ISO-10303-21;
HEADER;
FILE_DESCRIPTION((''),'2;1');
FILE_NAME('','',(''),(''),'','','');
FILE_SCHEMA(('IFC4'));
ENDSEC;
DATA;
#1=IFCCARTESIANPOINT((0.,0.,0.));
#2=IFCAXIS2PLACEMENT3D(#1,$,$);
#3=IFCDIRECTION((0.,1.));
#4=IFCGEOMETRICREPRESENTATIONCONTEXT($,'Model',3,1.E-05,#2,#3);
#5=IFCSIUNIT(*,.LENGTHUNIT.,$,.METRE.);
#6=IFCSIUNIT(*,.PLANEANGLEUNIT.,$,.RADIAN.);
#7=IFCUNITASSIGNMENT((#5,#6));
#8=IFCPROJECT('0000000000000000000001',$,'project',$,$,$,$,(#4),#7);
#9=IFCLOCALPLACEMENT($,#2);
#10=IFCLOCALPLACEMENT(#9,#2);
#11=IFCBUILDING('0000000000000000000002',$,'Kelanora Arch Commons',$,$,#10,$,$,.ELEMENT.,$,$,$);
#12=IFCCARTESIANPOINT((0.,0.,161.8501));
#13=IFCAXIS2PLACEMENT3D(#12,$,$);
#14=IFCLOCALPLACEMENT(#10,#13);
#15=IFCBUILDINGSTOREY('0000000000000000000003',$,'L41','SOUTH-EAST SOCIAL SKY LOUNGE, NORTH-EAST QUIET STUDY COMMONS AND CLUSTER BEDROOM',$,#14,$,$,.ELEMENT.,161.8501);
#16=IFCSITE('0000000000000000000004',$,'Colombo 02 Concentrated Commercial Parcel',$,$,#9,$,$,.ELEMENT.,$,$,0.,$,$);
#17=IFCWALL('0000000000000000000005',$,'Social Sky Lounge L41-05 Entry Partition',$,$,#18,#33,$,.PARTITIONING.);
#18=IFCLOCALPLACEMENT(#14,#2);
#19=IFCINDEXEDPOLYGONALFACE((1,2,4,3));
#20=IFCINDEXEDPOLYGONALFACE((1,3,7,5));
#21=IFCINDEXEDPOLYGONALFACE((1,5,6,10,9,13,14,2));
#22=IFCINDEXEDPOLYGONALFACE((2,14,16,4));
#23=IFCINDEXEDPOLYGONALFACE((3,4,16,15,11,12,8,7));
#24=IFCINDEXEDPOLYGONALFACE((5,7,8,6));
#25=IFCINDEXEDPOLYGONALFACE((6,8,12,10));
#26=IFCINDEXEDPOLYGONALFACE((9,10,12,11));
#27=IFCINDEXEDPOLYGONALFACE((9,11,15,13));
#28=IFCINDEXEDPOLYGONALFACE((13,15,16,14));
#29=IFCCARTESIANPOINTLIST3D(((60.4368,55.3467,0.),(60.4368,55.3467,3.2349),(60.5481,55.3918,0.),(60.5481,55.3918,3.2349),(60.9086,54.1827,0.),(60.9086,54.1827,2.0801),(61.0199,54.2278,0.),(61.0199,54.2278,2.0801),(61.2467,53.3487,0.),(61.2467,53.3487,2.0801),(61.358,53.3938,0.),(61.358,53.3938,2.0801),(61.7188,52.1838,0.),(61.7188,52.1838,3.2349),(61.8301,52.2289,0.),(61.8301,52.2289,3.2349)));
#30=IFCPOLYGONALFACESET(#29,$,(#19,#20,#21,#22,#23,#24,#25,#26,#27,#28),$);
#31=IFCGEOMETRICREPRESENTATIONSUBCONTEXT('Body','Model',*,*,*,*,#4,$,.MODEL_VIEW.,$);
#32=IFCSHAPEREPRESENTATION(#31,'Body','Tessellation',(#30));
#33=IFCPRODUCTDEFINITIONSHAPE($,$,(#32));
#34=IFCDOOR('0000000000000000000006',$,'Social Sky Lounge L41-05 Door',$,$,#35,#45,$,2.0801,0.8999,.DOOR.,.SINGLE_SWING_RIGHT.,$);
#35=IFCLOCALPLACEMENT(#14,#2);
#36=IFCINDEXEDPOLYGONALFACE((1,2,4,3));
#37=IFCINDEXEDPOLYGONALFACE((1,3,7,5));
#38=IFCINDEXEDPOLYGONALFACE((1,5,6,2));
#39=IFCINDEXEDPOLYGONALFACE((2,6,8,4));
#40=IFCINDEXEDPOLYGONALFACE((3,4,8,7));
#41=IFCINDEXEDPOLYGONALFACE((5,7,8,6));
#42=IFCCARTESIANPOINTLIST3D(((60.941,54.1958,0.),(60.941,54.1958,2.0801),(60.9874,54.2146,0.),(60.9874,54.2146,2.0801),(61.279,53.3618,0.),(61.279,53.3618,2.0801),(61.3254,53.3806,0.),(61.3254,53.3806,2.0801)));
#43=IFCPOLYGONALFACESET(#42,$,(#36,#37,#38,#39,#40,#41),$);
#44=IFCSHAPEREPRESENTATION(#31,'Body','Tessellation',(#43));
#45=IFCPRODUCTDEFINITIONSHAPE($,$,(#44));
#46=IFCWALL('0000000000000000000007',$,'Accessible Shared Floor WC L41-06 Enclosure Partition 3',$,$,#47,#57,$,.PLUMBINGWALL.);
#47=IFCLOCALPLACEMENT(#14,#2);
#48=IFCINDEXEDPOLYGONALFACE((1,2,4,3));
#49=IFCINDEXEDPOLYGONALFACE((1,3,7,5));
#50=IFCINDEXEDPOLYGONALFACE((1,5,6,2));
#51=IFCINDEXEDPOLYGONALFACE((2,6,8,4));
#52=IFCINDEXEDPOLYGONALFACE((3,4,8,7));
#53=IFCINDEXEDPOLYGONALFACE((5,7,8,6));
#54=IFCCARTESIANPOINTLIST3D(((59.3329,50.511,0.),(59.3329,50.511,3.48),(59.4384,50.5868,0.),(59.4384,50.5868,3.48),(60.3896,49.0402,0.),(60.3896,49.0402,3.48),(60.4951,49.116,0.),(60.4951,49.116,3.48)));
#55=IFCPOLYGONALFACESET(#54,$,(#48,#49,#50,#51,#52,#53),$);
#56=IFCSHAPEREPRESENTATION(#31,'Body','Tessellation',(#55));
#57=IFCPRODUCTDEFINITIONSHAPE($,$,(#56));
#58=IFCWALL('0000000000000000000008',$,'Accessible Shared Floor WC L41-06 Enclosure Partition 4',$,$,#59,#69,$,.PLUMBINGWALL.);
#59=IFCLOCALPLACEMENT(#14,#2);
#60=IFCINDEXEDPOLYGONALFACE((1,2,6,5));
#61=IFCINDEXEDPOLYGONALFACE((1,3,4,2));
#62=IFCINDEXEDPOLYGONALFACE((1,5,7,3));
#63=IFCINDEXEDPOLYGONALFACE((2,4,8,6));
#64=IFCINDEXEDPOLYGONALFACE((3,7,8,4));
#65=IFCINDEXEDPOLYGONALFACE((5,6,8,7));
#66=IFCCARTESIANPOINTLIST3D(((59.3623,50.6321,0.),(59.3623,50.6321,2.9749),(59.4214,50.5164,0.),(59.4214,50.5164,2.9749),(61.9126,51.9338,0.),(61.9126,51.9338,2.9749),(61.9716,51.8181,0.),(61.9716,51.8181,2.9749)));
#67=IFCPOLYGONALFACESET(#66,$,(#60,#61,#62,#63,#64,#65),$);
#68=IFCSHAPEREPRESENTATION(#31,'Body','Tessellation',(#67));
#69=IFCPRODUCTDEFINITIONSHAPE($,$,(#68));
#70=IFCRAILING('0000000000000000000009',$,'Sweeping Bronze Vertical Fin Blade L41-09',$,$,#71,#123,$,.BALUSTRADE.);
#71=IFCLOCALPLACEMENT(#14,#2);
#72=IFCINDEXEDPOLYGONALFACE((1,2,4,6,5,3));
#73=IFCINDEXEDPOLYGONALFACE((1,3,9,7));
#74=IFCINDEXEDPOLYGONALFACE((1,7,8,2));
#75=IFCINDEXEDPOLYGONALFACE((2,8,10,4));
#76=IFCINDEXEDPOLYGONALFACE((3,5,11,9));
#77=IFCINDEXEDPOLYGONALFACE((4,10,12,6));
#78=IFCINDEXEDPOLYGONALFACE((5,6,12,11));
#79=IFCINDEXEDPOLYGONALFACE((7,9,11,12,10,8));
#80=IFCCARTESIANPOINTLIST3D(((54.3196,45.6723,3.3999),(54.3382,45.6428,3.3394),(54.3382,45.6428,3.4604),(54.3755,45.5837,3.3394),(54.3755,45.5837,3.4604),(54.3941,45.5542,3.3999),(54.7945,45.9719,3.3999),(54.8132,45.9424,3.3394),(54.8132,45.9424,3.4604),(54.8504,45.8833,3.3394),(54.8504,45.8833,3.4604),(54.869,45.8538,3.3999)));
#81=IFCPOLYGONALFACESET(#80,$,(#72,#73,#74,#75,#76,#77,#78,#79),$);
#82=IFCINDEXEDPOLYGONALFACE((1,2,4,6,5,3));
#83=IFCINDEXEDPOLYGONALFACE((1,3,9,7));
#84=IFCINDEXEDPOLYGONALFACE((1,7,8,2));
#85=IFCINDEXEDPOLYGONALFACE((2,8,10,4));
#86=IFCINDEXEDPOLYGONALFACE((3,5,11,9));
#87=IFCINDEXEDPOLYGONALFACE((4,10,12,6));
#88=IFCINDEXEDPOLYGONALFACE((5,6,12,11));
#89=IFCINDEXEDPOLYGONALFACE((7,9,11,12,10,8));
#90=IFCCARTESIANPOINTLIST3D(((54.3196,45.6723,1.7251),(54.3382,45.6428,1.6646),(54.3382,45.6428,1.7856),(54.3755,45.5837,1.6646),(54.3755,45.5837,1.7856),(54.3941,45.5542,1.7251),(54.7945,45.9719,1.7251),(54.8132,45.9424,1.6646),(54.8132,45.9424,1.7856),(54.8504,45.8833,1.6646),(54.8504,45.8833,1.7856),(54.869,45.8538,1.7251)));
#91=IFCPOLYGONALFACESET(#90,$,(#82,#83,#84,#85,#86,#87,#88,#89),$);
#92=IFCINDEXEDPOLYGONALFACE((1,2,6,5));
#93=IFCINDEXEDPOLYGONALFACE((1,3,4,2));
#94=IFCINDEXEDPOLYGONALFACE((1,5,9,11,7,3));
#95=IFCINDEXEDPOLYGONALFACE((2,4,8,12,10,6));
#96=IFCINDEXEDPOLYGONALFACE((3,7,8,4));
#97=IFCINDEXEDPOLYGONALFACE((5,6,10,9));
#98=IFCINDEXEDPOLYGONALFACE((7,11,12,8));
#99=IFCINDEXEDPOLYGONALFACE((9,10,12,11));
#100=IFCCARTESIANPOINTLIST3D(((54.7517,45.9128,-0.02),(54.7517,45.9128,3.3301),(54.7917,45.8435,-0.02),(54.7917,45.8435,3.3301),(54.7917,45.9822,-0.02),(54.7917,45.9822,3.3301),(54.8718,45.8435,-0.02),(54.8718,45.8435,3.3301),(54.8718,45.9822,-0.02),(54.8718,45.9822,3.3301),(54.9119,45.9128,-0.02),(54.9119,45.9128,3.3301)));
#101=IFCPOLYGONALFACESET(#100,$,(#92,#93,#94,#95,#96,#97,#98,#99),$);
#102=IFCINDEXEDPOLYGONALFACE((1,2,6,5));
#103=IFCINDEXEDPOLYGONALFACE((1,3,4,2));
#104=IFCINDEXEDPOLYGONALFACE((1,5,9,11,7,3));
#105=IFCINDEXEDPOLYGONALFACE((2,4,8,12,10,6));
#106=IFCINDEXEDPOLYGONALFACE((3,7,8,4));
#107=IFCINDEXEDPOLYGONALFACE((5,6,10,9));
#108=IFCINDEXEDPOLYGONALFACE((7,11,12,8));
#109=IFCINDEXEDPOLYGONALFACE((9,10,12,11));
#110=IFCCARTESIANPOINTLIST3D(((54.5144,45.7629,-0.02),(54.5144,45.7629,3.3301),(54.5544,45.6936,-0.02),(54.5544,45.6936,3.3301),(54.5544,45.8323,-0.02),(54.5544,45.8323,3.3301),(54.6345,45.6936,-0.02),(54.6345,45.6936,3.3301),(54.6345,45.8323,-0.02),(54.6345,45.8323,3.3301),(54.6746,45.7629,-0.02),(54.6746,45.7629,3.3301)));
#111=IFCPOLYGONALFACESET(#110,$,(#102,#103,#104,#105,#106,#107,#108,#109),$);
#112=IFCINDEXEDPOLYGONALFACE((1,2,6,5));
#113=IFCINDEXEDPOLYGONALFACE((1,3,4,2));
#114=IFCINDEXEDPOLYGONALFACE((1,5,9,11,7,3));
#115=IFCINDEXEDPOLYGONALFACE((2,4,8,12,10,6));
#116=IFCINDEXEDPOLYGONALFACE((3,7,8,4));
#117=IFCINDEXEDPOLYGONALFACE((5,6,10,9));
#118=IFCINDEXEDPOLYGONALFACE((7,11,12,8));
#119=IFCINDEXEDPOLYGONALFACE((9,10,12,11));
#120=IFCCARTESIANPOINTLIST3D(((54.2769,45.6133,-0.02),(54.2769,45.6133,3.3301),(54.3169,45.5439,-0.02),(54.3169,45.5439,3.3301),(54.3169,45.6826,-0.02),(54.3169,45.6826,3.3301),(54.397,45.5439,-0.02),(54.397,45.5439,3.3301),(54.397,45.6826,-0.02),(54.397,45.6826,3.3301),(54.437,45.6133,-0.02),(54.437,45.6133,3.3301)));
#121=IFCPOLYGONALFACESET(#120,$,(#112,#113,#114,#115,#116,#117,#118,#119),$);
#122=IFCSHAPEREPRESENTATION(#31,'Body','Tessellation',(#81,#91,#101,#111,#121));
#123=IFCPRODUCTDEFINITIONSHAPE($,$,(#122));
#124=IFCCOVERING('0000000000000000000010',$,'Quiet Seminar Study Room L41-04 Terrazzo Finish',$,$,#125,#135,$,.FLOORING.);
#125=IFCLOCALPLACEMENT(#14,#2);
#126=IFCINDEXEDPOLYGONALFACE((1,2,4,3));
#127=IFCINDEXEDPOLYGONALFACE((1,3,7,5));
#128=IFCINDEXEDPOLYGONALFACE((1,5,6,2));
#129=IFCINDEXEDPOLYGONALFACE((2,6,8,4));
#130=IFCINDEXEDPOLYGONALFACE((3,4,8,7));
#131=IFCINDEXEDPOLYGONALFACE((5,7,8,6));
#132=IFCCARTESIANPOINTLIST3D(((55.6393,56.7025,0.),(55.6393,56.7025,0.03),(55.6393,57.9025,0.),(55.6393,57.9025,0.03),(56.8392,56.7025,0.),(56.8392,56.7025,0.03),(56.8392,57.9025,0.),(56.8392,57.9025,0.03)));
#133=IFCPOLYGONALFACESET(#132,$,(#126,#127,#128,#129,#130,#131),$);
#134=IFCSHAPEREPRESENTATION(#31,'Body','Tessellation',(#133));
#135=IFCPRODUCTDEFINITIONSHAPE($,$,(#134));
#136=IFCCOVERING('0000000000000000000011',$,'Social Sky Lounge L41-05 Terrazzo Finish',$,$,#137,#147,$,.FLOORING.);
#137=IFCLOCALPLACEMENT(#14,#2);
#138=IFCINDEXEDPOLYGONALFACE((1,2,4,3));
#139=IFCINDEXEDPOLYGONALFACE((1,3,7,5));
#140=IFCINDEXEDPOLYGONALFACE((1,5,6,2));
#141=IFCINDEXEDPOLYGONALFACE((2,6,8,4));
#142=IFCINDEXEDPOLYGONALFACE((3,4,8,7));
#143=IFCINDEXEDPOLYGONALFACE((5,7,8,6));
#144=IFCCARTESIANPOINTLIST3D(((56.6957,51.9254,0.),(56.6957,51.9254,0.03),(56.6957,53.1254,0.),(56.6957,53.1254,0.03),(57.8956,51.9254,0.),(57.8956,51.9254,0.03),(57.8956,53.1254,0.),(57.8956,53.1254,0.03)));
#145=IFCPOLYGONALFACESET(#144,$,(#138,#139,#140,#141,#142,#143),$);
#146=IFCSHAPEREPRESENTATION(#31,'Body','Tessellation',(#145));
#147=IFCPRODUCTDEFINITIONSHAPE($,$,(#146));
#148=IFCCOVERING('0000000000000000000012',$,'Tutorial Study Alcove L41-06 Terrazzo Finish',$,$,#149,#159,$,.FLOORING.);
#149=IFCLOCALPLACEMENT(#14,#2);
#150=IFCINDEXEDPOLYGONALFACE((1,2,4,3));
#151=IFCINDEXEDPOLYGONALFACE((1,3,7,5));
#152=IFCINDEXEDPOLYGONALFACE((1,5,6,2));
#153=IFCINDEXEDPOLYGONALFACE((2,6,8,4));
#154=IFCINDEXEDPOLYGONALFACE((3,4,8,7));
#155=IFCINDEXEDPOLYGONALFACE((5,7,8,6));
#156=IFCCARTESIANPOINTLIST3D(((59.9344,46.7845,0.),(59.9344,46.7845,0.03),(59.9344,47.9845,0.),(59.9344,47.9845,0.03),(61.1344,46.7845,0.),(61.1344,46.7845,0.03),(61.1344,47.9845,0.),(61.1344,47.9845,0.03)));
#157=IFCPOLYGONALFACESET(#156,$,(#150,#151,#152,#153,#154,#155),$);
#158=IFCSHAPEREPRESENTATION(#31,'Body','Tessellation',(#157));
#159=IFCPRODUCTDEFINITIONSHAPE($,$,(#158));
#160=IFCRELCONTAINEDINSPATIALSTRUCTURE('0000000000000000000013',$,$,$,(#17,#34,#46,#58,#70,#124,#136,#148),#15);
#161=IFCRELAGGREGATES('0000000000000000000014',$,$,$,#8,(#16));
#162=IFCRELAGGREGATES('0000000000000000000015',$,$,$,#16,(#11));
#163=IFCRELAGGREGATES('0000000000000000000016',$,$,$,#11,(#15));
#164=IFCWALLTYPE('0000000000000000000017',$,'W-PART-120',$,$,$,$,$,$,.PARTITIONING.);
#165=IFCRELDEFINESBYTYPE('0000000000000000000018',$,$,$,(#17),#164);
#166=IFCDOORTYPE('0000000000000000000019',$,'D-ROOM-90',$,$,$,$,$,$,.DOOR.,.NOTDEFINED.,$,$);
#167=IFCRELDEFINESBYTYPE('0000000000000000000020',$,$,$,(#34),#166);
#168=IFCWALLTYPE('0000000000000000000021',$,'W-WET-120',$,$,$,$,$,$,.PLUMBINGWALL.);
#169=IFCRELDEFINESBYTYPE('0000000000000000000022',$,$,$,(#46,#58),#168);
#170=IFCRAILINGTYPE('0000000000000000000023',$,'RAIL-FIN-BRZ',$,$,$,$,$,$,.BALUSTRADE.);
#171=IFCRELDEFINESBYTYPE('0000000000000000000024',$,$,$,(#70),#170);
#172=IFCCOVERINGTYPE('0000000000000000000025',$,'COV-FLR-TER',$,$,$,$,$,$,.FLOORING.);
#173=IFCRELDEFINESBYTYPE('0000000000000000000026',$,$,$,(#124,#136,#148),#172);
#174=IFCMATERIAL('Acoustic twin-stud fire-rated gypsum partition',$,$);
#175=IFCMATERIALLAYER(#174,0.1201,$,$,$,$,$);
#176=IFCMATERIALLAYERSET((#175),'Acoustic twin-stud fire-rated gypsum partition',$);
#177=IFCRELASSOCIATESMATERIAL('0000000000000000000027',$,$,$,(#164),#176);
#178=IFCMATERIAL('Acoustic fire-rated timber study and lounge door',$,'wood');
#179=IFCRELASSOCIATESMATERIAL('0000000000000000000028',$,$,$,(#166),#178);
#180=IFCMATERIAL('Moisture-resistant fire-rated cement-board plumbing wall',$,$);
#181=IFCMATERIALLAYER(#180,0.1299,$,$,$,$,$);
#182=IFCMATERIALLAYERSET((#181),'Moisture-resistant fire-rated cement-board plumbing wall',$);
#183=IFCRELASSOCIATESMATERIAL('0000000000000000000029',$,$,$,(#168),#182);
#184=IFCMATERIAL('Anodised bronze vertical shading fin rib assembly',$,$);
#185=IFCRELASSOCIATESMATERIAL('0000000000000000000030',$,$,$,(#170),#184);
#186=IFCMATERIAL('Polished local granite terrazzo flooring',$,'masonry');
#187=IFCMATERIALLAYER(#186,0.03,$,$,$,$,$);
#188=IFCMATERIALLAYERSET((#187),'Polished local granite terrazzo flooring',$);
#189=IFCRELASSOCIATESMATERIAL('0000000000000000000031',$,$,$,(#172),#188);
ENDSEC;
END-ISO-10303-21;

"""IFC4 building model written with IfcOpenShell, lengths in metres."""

from ifc_helpers import new_model, si_unit, direction, frame, frame_2d, origin, origin_2d, place, context, subcontext, project, spatial, polyline, rectangle, outline, extrude, source, transform, mapped, material, layer, layer_set, type_object, element, fill, save


model = new_model("IFC4")

# Units and contexts
model_context = context("Model", 3, precision=1e-05, world=origin(), true_north=direction((0.0, 1.0)))
body_context = subcontext(model_context, "Body", "Model", "MODEL_VIEW")
ifc_project = project(units=[si_unit("LENGTHUNIT", "METRE"), si_unit("PLANEANGLEUNIT", "RADIAN")], contexts=[model_context])

# Site, building, storey
site_placement = place(None, origin())
site = spatial("IfcSite", under=ifc_project, at=site_placement, Name="Colombo 02 Concentrated Commercial Parcel", CompositionType="ELEMENT", RefElevation=0.0)
building_placement = place(site_placement, origin())
building = spatial("IfcBuilding", under=site, at=building_placement, Name="Kelanora Arch Commons", CompositionType="ELEMENT")
storey_placement = place(building_placement, frame((0.0, 0.0, 161.8501)))
storey = spatial("IfcBuildingStorey", under=building, at=storey_placement, Name="L41", Description="SOUTH-EAST SOCIAL SKY LOUNGE, NORTH-EAST QUIET STUDY COMMONS AND CLUSTER BEDROOM", CompositionType="ELEMENT", Elevation=161.8501)

# Wall, opening, door
ifc_material_1 = material(Name="Acoustic twin-stud fire-rated gypsum partition")
ifc_layer_1 = layer(ifc_material_1, 0.1201)
ifc_layer_set_1 = layer_set([ifc_layer_1], Name="Acoustic twin-stud fire-rated gypsum partition")
wall_type_1 = type_object("IfcWallType", Name="W-PART-120", PredefinedType="PARTITIONING", material=ifc_layer_set_1)
wall_1_placement = place(storey_placement, frame((60.4924, 55.3694, 0.0), z_axis=(0.0, 0.0, 1.0), x_axis=(0.375642, -0.926765, 0.0)))
wall_1 = element("IfcWall", 1, at=wall_1_placement, inside=storey, type_object=wall_type_1, Name="Social Sky Lounge L41-05 Entry Partition", PredefinedType="PARTITIONING", context=body_context, shape_type="SweptSolid", body=[
    extrude(rectangle(XDim=3.4128, YDim=0.1201, at=frame_2d((1.7065, 0.0))), origin(), (0.0, 0.0, 1.0), 3.2349),
])
opening_1_placement = place(wall_1_placement, frame((1.2561, 0.0, 0.0)))
opening_1 = element("IfcOpeningElement", 2, at=opening_1_placement, cuts=wall_1, PredefinedType="OPENING", context=body_context, shape_type="SweptSolid", body=[
    extrude(rectangle(XDim=0.8999, YDim=2.0801, at=frame_2d((0.45, 1.04))), frame((0.0, 0.0701, 0.0), z_axis=(0.0, -1.0, 0.0), x_axis=(1.0, 0.0, 0.0)), (0.0, 0.0, 1.0), 0.1401),
])
ifc_material_2 = material(Name="Acoustic fire-rated timber study and lounge door", Category="wood")
door_type = type_object("IfcDoorType", Name="D-ROOM-90", OperationType="NOTDEFINED", PredefinedType="DOOR", material=ifc_material_2)
door_placement = place(opening_1_placement, origin())
door = element("IfcDoor", 3, at=door_placement, inside=storey, type_object=door_type, Name="Social Sky Lounge L41-05 Door", OperationType="SINGLE_SWING_RIGHT", OverallHeight=2.0801, OverallWidth=0.8999, PredefinedType="DOOR", context=body_context, shape_type="SweptSolid", body=[
    extrude(rectangle(XDim=0.8999, YDim=2.0801, at=frame_2d((0.45, 1.04))), frame((0.0, 0.0249, 0.0), z_axis=(0.0, -1.0, 0.0), x_axis=(1.0, 0.0, 0.0)), (0.0, 0.0, 1.0), 0.05),
])
fill(opening_1, door)

# Walls
ifc_material_3 = material(Name="Moisture-resistant fire-rated cement-board plumbing wall")
ifc_layer_2 = layer(ifc_material_3, 0.1299)
ifc_layer_set_2 = layer_set([ifc_layer_2], Name="Moisture-resistant fire-rated cement-board plumbing wall")
wall_type_2 = type_object("IfcWallType", Name="W-WET-120", PredefinedType="PLUMBINGWALL", material=ifc_layer_set_2)
wall_2_placement = place(storey_placement, frame((60.4424, 49.0781, 0.0), z_axis=(0.0, 0.0, 1.0), x_axis=(-0.58348, 0.812127, 0.0)))
element("IfcWall", 4, at=wall_2_placement, inside=storey, type_object=wall_type_2, Name="Accessible Shared Floor WC L41-06 Enclosure Partition 3", PredefinedType="PLUMBINGWALL", context=body_context, shape_type="SweptSolid", body=[
    extrude(rectangle(XDim=1.811, YDim=0.1299, at=frame_2d((0.9055, 0.0))), origin(), (0.0, 0.0, 1.0), 3.48),
])
wall_3_placement = place(storey_placement, frame((59.3918, 50.5742, 0.0), z_axis=(0.0, 0.0, 1.0), x_axis=(0.890679, 0.454633, 0.0)))
element("IfcWall", 5, at=wall_3_placement, inside=storey, type_object=wall_type_2, Name="Accessible Shared Floor WC L41-06 Enclosure Partition 4", PredefinedType="PLUMBINGWALL", context=body_context, shape_type="SweptSolid", body=[
    extrude(rectangle(XDim=2.8633, YDim=0.1299, at=frame_2d((1.4316, 0.0))), origin(), (0.0, 0.0, 1.0), 2.9749),
])

# Railing
ifc_material_4 = material(Name="Anodised bronze vertical shading fin rib assembly")
railing_type = type_object("IfcRailingType", Name="RAIL-FIN-BRZ", PredefinedType="BALUSTRADE", material=ifc_material_4)
railing_placement = place(storey_placement, frame((54.8318, 45.9128, -0.02)))
element("IfcRailing", 6, at=railing_placement, inside=storey, type_object=railing_type, Name="Sweeping Bronze Vertical Fin Blade L41-09", PredefinedType="BALUSTRADE", context=body_context, shape_type="SweptSolid", body=[
    extrude(outline(polyline([(0.0698, 0.0), (0.0349, 0.0605), (-0.0349, 0.0605), (-0.0698, 0.0), (-0.0349, -0.0605), (0.0349, -0.0605), (0.0698, 0.0)])), frame((0.0, 0.0, 3.4199), z_axis=(-0.845768, -0.533551, 0.0), x_axis=(0.533551, -0.845768, 0.0)), (0.0, 0.0, 1.0), 0.5615),
    extrude(outline(polyline([(0.0698, 0.0), (0.0349, 0.0605), (-0.0349, 0.0605), (-0.0698, 0.0), (-0.0349, -0.0605), (0.0349, -0.0605), (0.0698, 0.0)])), frame((0.0, 0.0, 1.7451), z_axis=(-0.845768, -0.533551, 0.0), x_axis=(0.533551, -0.845768, 0.0)), (0.0, 0.0, 1.0), 0.5615),
    extrude(outline(polyline([(0.0801, 0.0), (0.04, 0.0693), (-0.04, 0.0693), (-0.0801, 0.0), (-0.04, -0.0693), (0.04, -0.0693), (0.0801, 0.0)])), origin(), (0.0, 0.0, 1.0), 3.3501),
    extrude(outline(polyline([(0.0801, 0.0), (0.04, 0.0693), (-0.04, 0.0693), (-0.0801, 0.0), (-0.04, -0.0693), (0.04, -0.0693), (0.0801, 0.0)])), frame((-0.2373, -0.1499, 0.0)), (0.0, 0.0, 1.0), 3.3501),
    extrude(outline(polyline([(0.0801, 0.0), (0.04, 0.0693), (-0.04, 0.0693), (-0.0801, 0.0), (-0.04, -0.0693), (0.04, -0.0693), (0.0801, 0.0)])), frame((-0.4749, -0.2996, 0.0)), (0.0, 0.0, 1.0), 3.3501),
])

# Coverings
ifc_material_5 = material(Name="Polished local granite terrazzo flooring", Category="masonry")
ifc_layer_3 = layer(ifc_material_5, 0.03)
ifc_layer_set_3 = layer_set([ifc_layer_3], Name="Polished local granite terrazzo flooring")
covering_type = type_object("IfcCoveringType", Name="COV-FLR-TER", PredefinedType="FLOORING", material=ifc_layer_set_3)
shared_shape_1 = source(origin(), body_context, "Body", "SweptSolid", [
    extrude(rectangle(XDim=1.2, YDim=1.2, at=origin_2d()), origin(), (0.0, 0.0, 1.0), 0.03),
])
for number, where, z_axis, x_axis, name in (
    (7, (56.2393, 57.3025, 0.0), (0.0, 0.0, 1.0), (1.0, 0.0, 0.0), "Quiet Seminar Study Room L41-04 Terrazzo Finish"),
    (8, (57.2957, 52.5254, 0.0), (0.0, 0.0, 1.0), (1.0, 0.0, 0.0), "Social Sky Lounge L41-05 Terrazzo Finish"),
    (9, (60.5344, 47.3845, 0.0), (0.0, 0.0, 1.0), (1.0, 0.0, 0.0), "Tutorial Study Alcove L41-06 Terrazzo Finish"),
):
    element("IfcCovering", number, at=place(storey_placement, frame(where, z_axis=z_axis, x_axis=x_axis)), inside=storey, type_object=covering_type, Name=name, PredefinedType="FLOORING", context=body_context, shape_type="MappedRepresentation", body=[
        mapped(shared_shape_1, transform((0.0, 0.0, 0.0), scale=1.0)),
    ])

save(model, "model.ifc")
